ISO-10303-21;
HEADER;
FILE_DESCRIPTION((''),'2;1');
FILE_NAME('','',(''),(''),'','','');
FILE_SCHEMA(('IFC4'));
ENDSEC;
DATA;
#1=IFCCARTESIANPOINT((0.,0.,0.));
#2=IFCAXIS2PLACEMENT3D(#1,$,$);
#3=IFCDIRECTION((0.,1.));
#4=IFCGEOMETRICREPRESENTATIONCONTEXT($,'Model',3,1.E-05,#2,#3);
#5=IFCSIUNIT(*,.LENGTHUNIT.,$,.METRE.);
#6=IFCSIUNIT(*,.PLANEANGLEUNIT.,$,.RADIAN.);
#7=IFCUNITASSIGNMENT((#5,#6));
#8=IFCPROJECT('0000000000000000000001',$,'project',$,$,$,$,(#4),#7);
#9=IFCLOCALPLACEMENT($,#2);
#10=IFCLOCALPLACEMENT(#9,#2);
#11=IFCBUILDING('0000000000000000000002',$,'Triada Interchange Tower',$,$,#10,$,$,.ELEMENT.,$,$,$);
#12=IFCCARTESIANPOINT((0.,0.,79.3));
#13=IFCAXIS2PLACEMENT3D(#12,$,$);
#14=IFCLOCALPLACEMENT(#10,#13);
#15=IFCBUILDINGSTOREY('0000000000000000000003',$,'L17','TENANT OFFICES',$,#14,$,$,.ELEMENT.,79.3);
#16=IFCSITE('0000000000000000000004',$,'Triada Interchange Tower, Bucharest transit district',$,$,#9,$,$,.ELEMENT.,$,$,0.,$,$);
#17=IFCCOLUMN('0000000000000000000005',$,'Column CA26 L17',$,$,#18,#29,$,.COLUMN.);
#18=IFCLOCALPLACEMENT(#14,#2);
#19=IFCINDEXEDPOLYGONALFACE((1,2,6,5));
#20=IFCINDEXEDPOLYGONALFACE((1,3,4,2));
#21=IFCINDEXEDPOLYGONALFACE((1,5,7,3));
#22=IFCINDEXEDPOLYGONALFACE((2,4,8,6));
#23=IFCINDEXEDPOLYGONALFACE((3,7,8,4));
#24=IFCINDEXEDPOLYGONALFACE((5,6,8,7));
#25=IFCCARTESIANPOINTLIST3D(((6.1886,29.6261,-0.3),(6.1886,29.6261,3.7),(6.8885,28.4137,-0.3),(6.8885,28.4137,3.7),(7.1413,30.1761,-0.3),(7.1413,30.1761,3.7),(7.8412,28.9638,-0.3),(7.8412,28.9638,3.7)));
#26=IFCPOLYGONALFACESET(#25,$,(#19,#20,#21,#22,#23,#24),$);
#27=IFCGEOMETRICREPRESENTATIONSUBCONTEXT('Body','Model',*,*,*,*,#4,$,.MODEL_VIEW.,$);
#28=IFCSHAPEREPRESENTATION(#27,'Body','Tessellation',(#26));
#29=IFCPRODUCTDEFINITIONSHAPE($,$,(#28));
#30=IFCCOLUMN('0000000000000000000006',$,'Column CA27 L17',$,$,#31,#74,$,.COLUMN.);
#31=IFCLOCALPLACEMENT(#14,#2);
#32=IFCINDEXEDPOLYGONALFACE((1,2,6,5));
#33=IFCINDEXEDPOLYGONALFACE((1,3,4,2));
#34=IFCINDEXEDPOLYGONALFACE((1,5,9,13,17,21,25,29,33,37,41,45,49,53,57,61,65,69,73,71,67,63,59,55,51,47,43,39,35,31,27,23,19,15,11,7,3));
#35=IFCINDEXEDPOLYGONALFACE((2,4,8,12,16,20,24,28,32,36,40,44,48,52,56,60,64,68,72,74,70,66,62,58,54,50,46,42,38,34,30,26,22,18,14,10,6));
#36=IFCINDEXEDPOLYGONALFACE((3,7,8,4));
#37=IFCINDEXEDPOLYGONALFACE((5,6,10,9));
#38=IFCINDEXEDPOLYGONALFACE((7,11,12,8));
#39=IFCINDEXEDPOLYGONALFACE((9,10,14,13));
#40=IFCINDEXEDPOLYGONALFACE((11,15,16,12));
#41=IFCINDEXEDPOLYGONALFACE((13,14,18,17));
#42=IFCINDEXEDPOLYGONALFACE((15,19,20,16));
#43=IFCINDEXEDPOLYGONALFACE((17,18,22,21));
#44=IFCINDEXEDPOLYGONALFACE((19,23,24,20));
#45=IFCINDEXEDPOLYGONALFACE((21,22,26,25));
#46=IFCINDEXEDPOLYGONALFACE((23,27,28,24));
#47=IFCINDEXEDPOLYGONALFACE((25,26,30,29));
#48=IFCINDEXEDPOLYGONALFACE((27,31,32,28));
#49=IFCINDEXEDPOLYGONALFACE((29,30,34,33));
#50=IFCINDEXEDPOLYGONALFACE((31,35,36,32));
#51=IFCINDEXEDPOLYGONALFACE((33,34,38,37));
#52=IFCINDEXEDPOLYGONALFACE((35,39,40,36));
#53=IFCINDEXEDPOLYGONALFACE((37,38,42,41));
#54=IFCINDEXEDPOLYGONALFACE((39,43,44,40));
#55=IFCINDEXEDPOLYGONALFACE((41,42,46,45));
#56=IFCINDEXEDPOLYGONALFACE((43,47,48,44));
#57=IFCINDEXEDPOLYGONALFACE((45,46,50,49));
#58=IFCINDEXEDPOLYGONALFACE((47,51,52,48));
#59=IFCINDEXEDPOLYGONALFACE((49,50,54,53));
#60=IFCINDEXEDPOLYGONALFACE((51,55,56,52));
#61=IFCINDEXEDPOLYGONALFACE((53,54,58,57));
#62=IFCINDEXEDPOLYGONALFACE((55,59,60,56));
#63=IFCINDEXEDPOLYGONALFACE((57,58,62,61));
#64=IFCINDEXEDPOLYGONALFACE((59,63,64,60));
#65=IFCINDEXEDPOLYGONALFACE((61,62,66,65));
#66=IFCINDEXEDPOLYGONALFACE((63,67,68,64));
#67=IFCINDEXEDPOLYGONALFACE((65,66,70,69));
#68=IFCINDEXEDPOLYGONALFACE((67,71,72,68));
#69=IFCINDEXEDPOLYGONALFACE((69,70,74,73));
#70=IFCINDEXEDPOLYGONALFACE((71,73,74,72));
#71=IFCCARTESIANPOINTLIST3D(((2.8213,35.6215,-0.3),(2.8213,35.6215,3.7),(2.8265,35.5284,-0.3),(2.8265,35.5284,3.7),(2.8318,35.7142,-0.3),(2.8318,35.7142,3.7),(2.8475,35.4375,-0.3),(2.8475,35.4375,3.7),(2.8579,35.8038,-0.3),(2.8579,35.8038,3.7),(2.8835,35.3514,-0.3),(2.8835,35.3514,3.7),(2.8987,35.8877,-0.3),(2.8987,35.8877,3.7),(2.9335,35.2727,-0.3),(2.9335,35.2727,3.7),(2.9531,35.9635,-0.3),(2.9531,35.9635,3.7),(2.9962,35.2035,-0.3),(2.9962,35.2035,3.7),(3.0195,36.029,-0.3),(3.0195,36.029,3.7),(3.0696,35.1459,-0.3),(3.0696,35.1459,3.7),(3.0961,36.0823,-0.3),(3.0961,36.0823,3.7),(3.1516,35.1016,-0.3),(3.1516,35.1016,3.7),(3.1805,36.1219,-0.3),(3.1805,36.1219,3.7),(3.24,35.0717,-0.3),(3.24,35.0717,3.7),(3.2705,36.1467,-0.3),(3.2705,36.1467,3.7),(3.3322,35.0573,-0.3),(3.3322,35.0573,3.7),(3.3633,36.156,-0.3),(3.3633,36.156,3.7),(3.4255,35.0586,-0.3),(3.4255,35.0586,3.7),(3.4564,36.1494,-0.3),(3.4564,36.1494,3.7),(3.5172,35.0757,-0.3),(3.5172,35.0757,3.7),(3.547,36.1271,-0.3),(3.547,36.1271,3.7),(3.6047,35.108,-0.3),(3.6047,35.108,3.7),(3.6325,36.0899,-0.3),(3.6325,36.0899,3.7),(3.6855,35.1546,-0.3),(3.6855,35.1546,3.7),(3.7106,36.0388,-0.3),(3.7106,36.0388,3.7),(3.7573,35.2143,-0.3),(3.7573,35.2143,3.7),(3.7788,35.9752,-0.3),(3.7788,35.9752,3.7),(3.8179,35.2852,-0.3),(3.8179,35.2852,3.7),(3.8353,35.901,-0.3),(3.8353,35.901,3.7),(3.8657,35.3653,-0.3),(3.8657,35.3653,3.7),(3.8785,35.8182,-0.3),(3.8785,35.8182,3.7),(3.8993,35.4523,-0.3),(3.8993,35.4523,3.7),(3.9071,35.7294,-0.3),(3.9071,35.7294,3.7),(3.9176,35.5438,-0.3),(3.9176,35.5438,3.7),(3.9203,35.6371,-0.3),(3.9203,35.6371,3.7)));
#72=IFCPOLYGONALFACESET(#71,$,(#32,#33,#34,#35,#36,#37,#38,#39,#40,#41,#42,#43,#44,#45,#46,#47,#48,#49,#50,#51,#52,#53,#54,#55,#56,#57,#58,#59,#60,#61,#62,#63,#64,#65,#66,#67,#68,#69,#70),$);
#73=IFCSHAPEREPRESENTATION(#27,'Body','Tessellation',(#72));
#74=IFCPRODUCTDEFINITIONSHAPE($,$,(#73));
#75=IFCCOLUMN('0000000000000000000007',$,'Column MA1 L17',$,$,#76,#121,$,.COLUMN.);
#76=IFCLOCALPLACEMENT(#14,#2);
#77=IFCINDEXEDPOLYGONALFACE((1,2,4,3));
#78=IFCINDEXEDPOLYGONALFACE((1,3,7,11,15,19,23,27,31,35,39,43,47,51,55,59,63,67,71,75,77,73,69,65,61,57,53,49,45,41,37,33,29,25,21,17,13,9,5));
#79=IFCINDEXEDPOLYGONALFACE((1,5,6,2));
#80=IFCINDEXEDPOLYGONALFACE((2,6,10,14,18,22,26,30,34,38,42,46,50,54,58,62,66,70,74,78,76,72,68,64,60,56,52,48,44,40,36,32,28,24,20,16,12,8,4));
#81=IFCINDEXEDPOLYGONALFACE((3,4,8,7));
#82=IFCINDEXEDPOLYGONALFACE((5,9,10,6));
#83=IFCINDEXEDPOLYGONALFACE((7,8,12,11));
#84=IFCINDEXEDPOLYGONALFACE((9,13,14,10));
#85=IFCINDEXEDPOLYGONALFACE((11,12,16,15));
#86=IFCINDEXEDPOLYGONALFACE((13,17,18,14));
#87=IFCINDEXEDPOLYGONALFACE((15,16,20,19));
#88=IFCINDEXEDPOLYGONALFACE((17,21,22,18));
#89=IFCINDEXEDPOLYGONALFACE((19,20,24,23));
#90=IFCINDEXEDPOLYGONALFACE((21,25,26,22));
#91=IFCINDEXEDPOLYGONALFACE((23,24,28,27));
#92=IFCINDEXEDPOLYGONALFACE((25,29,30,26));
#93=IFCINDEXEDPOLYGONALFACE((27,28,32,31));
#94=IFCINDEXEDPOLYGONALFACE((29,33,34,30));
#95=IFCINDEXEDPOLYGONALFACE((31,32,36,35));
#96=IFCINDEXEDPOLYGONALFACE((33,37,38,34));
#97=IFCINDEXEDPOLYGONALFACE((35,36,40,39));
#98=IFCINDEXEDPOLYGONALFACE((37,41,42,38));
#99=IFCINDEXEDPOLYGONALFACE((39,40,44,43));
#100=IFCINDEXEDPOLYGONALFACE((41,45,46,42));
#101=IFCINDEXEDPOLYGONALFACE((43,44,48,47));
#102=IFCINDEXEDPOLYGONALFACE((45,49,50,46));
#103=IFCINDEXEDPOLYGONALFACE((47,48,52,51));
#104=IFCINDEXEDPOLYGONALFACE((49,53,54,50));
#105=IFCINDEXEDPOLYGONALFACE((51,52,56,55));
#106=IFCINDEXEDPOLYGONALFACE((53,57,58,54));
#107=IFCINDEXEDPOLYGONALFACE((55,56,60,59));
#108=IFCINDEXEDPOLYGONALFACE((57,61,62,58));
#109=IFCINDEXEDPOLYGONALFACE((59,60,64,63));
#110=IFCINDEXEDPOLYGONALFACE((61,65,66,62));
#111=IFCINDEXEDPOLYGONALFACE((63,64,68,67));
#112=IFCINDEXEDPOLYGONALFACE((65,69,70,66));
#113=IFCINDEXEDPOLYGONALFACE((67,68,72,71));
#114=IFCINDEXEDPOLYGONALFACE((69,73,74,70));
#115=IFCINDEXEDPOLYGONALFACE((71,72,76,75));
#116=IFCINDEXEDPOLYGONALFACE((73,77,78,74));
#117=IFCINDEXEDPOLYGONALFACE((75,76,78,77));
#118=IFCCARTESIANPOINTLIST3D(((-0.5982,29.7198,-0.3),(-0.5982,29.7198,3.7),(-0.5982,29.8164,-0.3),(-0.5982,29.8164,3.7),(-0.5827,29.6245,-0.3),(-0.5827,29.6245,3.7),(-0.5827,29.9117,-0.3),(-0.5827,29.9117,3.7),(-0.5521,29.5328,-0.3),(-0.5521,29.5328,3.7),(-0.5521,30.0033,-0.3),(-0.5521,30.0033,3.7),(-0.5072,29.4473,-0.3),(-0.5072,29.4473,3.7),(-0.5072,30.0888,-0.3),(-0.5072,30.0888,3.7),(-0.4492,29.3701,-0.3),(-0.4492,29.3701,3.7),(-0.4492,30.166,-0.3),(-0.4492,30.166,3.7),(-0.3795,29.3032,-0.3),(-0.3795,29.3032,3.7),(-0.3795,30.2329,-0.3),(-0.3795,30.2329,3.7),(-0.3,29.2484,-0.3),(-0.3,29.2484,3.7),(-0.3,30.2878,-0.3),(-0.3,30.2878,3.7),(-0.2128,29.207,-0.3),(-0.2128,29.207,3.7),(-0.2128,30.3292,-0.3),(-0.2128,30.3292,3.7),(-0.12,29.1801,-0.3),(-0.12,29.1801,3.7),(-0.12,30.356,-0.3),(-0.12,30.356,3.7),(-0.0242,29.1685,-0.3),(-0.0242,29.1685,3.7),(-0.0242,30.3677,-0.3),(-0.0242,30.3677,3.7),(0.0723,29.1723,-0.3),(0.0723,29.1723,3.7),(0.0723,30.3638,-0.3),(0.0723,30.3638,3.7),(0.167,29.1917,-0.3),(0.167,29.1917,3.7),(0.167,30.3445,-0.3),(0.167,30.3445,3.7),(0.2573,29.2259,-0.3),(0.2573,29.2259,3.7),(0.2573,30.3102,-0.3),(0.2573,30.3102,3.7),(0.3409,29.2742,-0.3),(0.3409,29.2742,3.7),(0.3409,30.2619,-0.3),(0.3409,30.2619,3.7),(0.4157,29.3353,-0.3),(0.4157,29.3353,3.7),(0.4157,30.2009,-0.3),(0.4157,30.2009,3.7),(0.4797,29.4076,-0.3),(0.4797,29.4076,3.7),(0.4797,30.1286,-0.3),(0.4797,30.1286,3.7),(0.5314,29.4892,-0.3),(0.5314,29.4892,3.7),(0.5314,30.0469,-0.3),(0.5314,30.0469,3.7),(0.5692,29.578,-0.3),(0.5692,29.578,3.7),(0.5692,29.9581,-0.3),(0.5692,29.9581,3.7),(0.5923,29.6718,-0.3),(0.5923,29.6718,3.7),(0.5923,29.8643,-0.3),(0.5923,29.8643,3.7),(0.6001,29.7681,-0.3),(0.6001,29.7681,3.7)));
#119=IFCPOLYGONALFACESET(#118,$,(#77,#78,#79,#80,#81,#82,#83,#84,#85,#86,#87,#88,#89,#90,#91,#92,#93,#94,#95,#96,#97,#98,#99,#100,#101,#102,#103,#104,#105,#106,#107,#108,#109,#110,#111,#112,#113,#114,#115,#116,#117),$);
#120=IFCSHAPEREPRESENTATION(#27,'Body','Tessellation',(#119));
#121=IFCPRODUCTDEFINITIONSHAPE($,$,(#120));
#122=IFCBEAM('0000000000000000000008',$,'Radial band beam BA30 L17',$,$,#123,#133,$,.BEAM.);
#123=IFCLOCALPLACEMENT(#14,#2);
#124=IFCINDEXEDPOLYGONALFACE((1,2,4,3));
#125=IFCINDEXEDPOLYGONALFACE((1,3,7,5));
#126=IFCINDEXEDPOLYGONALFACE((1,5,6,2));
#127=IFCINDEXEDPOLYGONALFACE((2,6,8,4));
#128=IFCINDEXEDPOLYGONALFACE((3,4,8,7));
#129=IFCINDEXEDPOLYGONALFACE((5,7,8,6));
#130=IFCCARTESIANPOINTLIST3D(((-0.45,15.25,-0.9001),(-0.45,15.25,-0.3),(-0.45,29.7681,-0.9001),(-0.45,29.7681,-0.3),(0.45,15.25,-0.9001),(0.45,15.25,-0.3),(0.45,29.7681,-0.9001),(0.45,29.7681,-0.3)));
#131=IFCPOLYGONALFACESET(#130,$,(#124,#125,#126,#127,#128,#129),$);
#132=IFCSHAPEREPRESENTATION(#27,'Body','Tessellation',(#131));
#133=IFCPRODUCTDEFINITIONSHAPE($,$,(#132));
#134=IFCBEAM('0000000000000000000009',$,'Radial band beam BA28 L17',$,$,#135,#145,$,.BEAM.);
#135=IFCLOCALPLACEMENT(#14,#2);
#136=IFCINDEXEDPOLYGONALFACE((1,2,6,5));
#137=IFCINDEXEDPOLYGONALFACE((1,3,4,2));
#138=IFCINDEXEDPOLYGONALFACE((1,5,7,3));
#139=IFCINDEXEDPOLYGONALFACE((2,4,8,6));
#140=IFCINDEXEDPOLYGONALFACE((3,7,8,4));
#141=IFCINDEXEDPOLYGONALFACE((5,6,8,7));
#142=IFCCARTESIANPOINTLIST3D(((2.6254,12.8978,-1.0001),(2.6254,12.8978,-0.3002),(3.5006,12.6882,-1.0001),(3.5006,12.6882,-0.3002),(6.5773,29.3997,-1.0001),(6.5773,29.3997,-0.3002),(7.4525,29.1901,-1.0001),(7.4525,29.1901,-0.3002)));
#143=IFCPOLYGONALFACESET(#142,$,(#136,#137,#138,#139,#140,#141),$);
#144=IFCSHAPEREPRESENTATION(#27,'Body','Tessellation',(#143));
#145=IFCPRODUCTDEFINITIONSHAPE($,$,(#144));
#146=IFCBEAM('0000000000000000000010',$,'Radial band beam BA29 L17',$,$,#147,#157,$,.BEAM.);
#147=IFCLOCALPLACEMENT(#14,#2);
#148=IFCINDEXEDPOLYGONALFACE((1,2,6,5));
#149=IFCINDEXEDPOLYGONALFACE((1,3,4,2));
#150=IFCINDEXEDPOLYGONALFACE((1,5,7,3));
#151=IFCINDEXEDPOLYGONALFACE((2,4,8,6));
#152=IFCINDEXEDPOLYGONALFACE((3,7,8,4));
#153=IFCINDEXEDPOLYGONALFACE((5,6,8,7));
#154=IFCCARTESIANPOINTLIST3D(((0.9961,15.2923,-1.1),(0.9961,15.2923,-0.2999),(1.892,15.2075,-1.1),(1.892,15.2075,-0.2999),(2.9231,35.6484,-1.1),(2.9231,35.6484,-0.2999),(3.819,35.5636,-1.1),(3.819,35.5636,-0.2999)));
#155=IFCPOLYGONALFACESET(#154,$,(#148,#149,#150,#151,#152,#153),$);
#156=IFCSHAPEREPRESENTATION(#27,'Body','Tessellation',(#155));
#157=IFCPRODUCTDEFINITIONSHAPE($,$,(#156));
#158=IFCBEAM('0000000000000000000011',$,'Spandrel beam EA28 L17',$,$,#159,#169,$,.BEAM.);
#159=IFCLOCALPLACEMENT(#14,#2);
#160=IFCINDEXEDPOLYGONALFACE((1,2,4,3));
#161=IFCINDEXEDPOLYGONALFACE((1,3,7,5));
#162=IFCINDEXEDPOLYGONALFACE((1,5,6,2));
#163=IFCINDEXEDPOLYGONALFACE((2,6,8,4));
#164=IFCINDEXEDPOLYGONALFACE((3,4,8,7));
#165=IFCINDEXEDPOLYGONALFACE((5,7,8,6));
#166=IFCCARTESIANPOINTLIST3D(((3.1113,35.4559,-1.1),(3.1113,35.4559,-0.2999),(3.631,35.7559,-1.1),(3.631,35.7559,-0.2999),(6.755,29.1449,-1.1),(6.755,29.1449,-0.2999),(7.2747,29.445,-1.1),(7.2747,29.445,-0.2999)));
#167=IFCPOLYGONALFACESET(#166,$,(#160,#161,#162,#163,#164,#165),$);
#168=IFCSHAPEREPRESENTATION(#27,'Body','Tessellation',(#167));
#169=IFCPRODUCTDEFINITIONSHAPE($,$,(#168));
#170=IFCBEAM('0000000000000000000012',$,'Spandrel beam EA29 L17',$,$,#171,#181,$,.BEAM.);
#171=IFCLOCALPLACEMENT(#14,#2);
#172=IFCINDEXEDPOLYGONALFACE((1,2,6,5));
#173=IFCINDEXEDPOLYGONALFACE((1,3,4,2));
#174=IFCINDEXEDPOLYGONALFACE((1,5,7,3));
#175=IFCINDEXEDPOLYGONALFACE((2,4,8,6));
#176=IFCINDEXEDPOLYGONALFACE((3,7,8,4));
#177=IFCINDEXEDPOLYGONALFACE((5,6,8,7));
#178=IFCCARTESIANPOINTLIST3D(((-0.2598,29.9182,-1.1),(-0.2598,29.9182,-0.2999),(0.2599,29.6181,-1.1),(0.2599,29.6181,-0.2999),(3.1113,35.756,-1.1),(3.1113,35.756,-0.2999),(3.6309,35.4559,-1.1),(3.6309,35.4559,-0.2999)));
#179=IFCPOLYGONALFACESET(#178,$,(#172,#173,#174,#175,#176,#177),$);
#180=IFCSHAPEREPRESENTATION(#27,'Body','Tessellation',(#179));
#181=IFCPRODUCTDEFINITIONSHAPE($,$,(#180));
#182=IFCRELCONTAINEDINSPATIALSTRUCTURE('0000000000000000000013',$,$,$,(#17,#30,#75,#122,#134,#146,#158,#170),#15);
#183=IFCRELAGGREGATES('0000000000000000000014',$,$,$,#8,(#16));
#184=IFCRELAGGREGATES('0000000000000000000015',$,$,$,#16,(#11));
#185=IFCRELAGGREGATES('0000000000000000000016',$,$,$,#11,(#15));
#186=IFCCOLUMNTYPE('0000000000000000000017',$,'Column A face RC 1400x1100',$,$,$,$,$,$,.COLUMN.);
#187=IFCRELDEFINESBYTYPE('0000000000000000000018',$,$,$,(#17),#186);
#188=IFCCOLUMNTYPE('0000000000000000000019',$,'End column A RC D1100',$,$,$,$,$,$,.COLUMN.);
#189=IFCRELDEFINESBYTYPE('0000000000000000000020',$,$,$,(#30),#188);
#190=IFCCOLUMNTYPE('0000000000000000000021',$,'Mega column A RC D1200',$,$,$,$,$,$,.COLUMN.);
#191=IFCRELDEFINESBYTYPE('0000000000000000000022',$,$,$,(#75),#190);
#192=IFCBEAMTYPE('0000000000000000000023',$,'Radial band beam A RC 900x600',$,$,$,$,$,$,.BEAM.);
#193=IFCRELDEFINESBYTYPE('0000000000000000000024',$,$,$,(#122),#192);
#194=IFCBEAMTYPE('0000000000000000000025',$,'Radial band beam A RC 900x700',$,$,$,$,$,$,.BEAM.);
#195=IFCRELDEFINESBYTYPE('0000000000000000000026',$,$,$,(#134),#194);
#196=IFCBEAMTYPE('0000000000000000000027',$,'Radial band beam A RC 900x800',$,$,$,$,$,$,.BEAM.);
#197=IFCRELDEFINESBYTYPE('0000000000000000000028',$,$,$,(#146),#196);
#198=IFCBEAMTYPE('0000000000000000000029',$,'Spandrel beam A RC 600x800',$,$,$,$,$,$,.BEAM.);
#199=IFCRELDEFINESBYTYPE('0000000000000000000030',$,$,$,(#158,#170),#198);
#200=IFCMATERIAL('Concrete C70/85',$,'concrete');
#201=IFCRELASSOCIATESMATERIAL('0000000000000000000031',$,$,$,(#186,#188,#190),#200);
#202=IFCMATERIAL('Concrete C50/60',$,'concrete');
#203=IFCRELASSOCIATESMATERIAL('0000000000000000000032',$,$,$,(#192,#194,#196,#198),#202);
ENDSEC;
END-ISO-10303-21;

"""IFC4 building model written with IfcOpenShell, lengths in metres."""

from ifc_helpers import new_model, si_unit, direction, frame, origin, origin_2d, place, context, subcontext, project, spatial, rectangle, circle, extrude, material, material_profile, profile_set, type_object, element, save


model = new_model("IFC4")

# Units and contexts
model_context = context("Model", 3, precision=1e-05, world=origin(), true_north=direction((0.0, 1.0)))
body_context = subcontext(model_context, "Body", "Model", "MODEL_VIEW")
ifc_project = project(units=[si_unit("LENGTHUNIT", "METRE"), si_unit("PLANEANGLEUNIT", "RADIAN")], contexts=[model_context])

# Site, building, storey
site_placement = place(None, origin())
site = spatial("IfcSite", under=ifc_project, at=site_placement, Name="Triada Interchange Tower, Bucharest transit district", CompositionType="ELEMENT", RefElevation=0.0)
building_placement = place(site_placement, origin())
building = spatial("IfcBuilding", under=site, at=building_placement, Name="Triada Interchange Tower", CompositionType="ELEMENT")
storey_placement = place(building_placement, frame((0.0, 0.0, 79.3)))
storey = spatial("IfcBuildingStorey", under=building, at=storey_placement, Name="L17", Description="TENANT OFFICES", CompositionType="ELEMENT", Elevation=79.3)

# Columns
ifc_material_1 = material(Name="Concrete C70/85", Category="concrete")
ifc_material_profile_1 = material_profile(ifc_material_1, rectangle(XDim=1.3999, YDim=1.1001, at=origin_2d()), Name="RC 1400x1100")
ifc_profile_set_1 = profile_set([ifc_material_profile_1], Name="Concrete C70/85")
column_type_1 = type_object("IfcColumnType", Name="Column A face RC 1400x1100", PredefinedType="COLUMN", material=ifc_profile_set_1)
column_1_placement = place(storey_placement, frame((7.0149, 29.2949, -0.3), z_axis=(0.0, 0.0, 1.0), x_axis=(-0.5, 0.866025, 0.0)))
element("IfcColumn", 1, at=column_1_placement, inside=storey, type_object=column_type_1, Name="Column CA26 L17", PredefinedType="COLUMN", context=body_context, shape_type="SweptSolid", body=[
    extrude(rectangle(XDim=1.3999, YDim=1.1001, at=origin_2d()), origin(), (0.0, 0.0, 1.0), 4.0),
])
ifc_material_profile_2 = material_profile(ifc_material_1, circle(Radius=0.55, at=origin_2d()), Name="RC D1100")
ifc_profile_set_2 = profile_set([ifc_material_profile_2], Name="Concrete C70/85")
column_type_2 = type_object("IfcColumnType", Name="End column A RC D1100", PredefinedType="COLUMN", material=ifc_profile_set_2)
column_2_placement = place(storey_placement, frame((3.3711, 35.606, -0.3), z_axis=(0.0, 0.0, 1.0), x_axis=(-0.5, 0.866025, 0.0)))
element("IfcColumn", 2, at=column_2_placement, inside=storey, type_object=column_type_2, Name="Column CA27 L17", PredefinedType="COLUMN", context=body_context, shape_type="SweptSolid", body=[
    extrude(circle(Radius=0.55, at=origin_2d()), origin(), (0.0, 0.0, 1.0), 4.0),
])
ifc_material_profile_3 = material_profile(ifc_material_1, circle(Radius=0.6001, at=origin_2d()), Name="RC D1200")
ifc_profile_set_3 = profile_set([ifc_material_profile_3], Name="Concrete C70/85")
column_type_3 = type_object("IfcColumnType", Name="Mega column A RC D1200", PredefinedType="COLUMN", material=ifc_profile_set_3)
column_3_placement = place(storey_placement, frame((0.0, 29.7681, -0.3), z_axis=(0.0, 0.0, 1.0), x_axis=(1.0, 0.0, 0.0)))
element("IfcColumn", 3, at=column_3_placement, inside=storey, type_object=column_type_3, Name="Column MA1 L17", PredefinedType="COLUMN", context=body_context, shape_type="SweptSolid", body=[
    extrude(circle(Radius=0.6001, at=origin_2d()), origin(), (0.0, 0.0, 1.0), 4.0),
])

# Beams
ifc_material_2 = material(Name="Concrete C50/60", Category="concrete")
ifc_material_profile_4 = material_profile(ifc_material_2, rectangle(XDim=0.8999, YDim=0.6001, at=origin_2d()), Name="RC 900x600")
ifc_profile_set_4 = profile_set([ifc_material_profile_4], Name="Concrete C50/60")
beam_type_1 = type_object("IfcBeamType", Name="Radial band beam A RC 900x600", PredefinedType="BEAM", material=ifc_profile_set_4)
beam_1_placement = place(storey_placement, frame((0.0, 29.7681, -0.6001), z_axis=(0.0, -1.0, 0.0), x_axis=(1.0, 0.0, 0.0)))
element("IfcBeam", 4, at=beam_1_placement, inside=storey, type_object=beam_type_1, Name="Radial band beam BA30 L17", PredefinedType="BEAM", context=body_context, shape_type="SweptSolid", body=[
    extrude(rectangle(XDim=0.8999, YDim=0.6001, at=origin_2d()), origin(), (0.0, 0.0, 1.0), 14.5181),
])
ifc_material_profile_5 = material_profile(ifc_material_2, rectangle(XDim=0.8999, YDim=0.7, at=origin_2d()), Name="RC 900x700")
ifc_profile_set_5 = profile_set([ifc_material_profile_5], Name="Concrete C50/60")
beam_type_2 = type_object("IfcBeamType", Name="Radial band beam A RC 900x700", PredefinedType="BEAM", material=ifc_profile_set_5)
beam_2_placement = place(storey_placement, frame((7.0149, 29.2949, -0.6501), z_axis=(-0.232896, -0.972502, 0.0), x_axis=(0.972502, -0.232896, 0.0)))
element("IfcBeam", 5, at=beam_2_placement, inside=storey, type_object=beam_type_2, Name="Radial band beam BA28 L17", PredefinedType="BEAM", context=body_context, shape_type="SweptSolid", body=[
    extrude(rectangle(XDim=0.8999, YDim=0.7, at=origin_2d()), origin(), (0.0, 0.0, 1.0), 16.9685),
])
ifc_material_profile_6 = material_profile(ifc_material_2, rectangle(XDim=0.8999, YDim=0.8, at=origin_2d()), Name="RC 900x800")
ifc_profile_set_6 = profile_set([ifc_material_profile_6], Name="Concrete C50/60")
beam_type_3 = type_object("IfcBeamType", Name="Radial band beam A RC 900x800", PredefinedType="BEAM", material=ifc_profile_set_6)
beam_3_placement = place(storey_placement, frame((3.3711, 35.606, -0.7), z_axis=(-0.094244, -0.995549, 0.0), x_axis=(0.995549, -0.094244, 0.0)))
element("IfcBeam", 6, at=beam_3_placement, inside=storey, type_object=beam_type_3, Name="Radial band beam BA29 L17", PredefinedType="BEAM", context=body_context, shape_type="SweptSolid", body=[
    extrude(rectangle(XDim=0.8999, YDim=0.8, at=origin_2d()), origin(), (0.0, 0.0, 1.0), 20.447),
])
ifc_material_profile_7 = material_profile(ifc_material_2, rectangle(XDim=0.6001, YDim=0.8, at=origin_2d()), Name="RC 600x800")
ifc_profile_set_7 = profile_set([ifc_material_profile_7], Name="Concrete C50/60")
beam_type_4 = type_object("IfcBeamType", Name="Spandrel beam A RC 600x800", PredefinedType="BEAM", material=ifc_profile_set_7)
beam_4_placement = place(storey_placement, frame((7.0149, 29.2949, -0.7), z_axis=(-0.500012, 0.866018, 0.0), x_axis=(-0.866018, -0.500012, 0.0)))
element("IfcBeam", 7, at=beam_4_placement, inside=storey, type_object=beam_type_4, Name="Spandrel beam EA28 L17", PredefinedType="BEAM", context=body_context, shape_type="SweptSolid", body=[
    extrude(rectangle(XDim=0.6001, YDim=0.8, at=origin_2d()), origin(), (0.0, 0.0, 1.0), 7.2874),
])
for number, where, z_axis, x_axis, name in (
    (8, (3.3711, 35.606, -0.7), (-0.500065, -0.865988, 0.0), (0.865988, -0.500065, 0.0), "Spandrel beam EA29 L17"),
):
    element("IfcBeam", number, at=place(storey_placement, frame(where, z_axis=z_axis, x_axis=x_axis)), inside=storey, type_object=beam_type_4, Name=name, PredefinedType="BEAM", context=body_context, shape_type="SweptSolid", body=[
        extrude(rectangle(XDim=0.6001, YDim=0.8, at=origin_2d()), origin(), (0.0, 0.0, 1.0), 6.7412),
    ])

save(model, "model.ifc")
